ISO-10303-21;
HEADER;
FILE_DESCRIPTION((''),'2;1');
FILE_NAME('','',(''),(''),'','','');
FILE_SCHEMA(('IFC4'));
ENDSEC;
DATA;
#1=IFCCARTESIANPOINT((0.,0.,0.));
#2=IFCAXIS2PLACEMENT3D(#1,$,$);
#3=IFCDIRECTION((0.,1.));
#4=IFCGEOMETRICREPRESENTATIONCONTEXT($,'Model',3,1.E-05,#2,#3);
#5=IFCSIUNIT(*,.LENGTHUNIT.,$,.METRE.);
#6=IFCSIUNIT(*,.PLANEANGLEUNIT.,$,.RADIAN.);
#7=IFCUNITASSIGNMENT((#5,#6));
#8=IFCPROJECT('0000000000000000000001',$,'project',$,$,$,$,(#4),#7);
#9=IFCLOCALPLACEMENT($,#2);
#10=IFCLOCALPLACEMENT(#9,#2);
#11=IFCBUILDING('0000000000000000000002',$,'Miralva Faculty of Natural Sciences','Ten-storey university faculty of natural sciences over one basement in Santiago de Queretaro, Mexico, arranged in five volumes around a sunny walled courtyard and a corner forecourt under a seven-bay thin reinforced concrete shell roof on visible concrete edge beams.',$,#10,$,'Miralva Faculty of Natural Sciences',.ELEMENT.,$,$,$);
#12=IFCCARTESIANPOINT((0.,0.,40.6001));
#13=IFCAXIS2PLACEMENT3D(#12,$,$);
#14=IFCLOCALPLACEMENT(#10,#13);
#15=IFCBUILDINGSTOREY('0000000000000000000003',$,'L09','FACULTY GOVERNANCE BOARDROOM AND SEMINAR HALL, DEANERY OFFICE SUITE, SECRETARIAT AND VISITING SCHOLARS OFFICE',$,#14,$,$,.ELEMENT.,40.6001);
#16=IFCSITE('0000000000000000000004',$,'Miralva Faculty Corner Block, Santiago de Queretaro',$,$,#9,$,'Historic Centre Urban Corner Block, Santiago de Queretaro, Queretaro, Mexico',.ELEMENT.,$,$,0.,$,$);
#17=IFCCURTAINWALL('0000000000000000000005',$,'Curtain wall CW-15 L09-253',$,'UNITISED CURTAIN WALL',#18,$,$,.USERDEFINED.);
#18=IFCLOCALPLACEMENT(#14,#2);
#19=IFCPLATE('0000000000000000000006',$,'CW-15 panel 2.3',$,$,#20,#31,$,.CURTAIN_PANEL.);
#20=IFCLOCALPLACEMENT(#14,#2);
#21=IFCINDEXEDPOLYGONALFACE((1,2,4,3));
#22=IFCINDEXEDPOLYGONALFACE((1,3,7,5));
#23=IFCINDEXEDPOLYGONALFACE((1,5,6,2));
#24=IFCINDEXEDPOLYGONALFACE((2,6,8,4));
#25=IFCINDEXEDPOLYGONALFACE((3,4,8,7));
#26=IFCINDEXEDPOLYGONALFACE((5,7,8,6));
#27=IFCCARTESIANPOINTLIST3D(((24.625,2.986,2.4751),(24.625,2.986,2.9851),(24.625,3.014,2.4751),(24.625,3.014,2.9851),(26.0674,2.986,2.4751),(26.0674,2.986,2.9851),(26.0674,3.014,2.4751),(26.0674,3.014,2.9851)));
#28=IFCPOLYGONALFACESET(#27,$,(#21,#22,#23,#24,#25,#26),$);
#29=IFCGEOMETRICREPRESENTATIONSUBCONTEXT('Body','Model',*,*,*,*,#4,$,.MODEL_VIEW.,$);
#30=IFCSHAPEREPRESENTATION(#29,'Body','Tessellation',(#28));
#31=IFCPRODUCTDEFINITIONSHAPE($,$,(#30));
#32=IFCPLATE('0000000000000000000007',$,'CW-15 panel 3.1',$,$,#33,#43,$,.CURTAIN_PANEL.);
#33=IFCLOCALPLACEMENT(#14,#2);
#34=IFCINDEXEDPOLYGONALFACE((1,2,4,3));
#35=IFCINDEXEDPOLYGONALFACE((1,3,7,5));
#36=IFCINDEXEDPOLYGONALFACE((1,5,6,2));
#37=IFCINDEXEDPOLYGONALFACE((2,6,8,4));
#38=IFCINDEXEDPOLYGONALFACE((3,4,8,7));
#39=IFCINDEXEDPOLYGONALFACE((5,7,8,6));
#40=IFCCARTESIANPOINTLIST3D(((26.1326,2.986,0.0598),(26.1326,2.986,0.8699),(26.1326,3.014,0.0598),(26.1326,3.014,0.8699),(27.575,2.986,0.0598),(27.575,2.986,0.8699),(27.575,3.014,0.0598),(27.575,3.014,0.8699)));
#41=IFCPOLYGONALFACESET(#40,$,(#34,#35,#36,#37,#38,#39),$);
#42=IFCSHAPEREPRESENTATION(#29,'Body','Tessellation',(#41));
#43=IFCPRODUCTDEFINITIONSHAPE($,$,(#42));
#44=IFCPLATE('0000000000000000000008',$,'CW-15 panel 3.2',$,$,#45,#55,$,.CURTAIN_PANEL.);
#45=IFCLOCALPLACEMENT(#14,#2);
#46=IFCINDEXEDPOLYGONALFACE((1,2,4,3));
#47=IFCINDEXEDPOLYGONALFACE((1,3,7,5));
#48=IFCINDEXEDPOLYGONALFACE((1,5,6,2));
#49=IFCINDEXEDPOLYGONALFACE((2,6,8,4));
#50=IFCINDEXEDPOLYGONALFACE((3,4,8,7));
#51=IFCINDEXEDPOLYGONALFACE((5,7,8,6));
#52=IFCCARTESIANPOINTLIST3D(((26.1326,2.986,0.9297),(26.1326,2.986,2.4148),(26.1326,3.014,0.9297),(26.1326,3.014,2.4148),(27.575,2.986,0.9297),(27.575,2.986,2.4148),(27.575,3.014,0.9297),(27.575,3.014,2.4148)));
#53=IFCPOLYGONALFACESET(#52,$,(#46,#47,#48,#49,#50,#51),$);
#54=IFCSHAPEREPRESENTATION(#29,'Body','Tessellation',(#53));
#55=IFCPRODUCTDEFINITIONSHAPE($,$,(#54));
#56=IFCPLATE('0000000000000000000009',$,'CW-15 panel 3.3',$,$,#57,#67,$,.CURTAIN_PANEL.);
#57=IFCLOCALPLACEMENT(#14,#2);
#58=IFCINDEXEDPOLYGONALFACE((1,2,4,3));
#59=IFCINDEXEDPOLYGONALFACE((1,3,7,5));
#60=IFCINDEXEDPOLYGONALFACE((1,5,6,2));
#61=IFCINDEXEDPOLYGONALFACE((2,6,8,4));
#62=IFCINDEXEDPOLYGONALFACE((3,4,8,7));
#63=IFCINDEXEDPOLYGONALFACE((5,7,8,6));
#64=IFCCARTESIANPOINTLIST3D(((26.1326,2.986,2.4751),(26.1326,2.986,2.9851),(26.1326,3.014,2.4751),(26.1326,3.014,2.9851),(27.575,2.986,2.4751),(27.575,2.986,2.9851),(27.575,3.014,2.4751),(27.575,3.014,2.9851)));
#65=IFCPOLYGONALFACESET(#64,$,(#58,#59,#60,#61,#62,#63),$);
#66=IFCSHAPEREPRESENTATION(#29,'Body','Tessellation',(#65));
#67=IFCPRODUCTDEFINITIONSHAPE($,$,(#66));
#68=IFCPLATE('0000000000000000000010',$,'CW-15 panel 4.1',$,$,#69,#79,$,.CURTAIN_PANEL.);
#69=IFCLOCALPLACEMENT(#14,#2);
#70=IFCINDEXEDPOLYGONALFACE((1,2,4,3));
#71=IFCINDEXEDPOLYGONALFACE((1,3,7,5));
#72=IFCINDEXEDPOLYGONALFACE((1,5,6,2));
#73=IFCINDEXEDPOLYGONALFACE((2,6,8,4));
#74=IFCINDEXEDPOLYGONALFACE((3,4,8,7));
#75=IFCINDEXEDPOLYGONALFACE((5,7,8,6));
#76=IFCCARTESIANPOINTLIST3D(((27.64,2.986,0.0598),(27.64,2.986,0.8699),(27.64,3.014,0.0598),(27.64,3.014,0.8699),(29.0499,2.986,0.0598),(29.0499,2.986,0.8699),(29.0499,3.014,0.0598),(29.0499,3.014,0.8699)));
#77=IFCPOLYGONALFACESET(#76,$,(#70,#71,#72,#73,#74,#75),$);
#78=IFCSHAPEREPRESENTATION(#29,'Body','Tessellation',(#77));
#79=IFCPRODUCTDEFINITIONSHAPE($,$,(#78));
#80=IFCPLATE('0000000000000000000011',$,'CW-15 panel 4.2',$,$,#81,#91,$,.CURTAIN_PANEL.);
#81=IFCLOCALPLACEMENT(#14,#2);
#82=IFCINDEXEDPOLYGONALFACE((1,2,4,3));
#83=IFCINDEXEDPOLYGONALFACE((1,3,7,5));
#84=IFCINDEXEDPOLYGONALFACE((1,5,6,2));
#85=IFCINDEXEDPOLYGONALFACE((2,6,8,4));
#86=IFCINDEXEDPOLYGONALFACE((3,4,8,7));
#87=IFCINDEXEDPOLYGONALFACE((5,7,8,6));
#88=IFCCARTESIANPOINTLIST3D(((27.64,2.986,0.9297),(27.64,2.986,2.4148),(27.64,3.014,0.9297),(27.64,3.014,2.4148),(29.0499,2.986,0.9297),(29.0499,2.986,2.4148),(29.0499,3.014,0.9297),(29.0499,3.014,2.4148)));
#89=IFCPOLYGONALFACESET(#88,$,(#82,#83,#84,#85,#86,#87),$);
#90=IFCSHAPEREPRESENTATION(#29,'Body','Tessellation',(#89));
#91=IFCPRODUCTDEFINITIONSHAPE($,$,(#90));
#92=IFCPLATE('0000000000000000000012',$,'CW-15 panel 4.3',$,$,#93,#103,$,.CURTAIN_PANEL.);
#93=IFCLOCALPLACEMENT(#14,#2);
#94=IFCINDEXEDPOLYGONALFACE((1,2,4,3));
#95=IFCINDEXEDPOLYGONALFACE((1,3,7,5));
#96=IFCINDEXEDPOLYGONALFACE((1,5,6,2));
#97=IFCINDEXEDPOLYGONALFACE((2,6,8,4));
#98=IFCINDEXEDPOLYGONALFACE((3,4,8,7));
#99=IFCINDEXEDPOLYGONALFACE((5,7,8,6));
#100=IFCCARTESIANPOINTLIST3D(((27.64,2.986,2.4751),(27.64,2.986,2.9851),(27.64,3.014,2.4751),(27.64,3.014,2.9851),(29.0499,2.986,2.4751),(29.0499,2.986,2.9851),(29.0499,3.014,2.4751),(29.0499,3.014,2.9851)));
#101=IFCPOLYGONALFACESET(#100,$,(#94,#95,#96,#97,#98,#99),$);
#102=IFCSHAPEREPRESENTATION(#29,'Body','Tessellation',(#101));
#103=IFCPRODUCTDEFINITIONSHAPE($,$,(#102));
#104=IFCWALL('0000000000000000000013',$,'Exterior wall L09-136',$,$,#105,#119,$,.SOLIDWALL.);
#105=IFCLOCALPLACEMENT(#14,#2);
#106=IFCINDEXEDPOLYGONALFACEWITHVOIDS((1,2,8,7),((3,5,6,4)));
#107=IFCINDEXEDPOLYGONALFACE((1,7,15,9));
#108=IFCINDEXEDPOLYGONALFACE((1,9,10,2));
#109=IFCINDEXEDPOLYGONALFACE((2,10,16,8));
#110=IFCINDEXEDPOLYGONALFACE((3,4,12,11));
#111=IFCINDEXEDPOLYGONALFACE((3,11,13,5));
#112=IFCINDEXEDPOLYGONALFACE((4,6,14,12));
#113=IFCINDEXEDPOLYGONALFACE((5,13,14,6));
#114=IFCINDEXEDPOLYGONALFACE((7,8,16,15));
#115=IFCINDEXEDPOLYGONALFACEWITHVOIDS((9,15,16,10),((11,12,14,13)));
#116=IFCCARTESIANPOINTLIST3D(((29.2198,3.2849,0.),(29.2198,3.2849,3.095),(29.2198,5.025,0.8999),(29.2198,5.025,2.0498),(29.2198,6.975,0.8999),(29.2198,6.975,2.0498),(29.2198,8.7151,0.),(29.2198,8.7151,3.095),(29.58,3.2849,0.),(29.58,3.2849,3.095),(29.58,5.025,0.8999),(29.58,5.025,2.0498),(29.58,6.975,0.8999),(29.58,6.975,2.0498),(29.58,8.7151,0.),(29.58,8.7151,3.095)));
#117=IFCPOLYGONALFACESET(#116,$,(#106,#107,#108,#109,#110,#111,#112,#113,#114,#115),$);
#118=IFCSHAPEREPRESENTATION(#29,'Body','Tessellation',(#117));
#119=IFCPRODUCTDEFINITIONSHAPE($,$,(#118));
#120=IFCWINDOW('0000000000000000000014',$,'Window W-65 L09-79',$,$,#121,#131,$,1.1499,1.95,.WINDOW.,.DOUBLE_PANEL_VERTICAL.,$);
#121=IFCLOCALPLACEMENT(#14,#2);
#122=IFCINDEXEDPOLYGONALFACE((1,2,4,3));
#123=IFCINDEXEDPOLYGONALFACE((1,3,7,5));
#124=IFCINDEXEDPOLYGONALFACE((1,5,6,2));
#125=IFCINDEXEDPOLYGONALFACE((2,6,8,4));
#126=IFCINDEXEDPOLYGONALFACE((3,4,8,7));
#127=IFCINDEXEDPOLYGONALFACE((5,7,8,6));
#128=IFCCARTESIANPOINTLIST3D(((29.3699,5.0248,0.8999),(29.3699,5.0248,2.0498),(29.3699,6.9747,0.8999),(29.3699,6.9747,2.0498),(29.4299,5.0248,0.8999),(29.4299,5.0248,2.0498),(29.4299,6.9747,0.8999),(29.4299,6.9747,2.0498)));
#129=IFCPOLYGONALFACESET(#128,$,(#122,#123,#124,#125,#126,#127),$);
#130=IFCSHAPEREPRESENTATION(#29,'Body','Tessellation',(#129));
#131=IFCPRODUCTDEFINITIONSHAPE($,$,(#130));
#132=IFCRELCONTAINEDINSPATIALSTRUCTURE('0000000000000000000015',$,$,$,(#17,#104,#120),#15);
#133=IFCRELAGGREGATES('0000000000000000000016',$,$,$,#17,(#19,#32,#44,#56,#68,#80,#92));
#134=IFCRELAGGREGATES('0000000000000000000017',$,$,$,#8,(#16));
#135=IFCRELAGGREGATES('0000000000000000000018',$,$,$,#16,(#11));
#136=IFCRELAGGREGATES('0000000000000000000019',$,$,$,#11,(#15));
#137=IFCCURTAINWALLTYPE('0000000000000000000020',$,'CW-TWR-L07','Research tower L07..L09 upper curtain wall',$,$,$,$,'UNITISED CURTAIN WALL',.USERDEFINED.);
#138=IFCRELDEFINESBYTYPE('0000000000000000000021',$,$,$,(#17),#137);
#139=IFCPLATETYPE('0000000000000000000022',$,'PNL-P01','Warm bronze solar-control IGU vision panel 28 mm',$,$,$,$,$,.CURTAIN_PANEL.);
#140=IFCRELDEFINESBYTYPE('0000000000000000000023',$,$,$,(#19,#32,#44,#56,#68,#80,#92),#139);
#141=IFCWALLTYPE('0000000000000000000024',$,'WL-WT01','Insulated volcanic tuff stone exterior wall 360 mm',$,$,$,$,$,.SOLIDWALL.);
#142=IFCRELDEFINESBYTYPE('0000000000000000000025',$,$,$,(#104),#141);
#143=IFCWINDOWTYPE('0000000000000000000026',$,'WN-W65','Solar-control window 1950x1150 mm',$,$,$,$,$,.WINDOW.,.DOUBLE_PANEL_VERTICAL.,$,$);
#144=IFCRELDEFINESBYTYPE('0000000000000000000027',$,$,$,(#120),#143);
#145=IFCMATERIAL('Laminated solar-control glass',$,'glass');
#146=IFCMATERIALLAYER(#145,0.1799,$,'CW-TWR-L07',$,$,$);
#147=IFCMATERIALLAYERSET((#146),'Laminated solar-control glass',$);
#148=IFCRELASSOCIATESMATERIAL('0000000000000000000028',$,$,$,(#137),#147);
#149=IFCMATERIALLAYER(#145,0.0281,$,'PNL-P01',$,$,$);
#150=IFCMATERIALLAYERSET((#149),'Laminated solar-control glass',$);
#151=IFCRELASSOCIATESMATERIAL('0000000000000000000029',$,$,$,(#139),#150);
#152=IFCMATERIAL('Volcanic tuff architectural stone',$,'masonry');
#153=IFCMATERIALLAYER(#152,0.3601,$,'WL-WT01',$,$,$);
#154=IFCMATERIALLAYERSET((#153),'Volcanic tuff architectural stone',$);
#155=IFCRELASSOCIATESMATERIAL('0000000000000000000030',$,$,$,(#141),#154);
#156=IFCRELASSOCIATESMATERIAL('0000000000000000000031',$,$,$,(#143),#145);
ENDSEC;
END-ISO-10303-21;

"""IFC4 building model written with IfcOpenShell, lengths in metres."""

from ifc_helpers import new_model, si_unit, direction, frame, frame_2d, origin, origin_2d, place, context, subcontext, project, spatial, rectangle, extrude, material, layer, layer_set, type_object, element, fill, aggregate, save


model = new_model("IFC4")

# Units and contexts
model_context = context("Model", 3, precision=1e-05, world=origin(), true_north=direction((0.0, 1.0)))
body_context = subcontext(model_context, "Body", "Model", "MODEL_VIEW")
ifc_project = project(units=[si_unit("LENGTHUNIT", "METRE"), si_unit("PLANEANGLEUNIT", "RADIAN")], contexts=[model_context])

# Site, building, storey
site_placement = place(None, origin())
site = spatial("IfcSite", under=ifc_project, at=site_placement, Name="Miralva Faculty Corner Block, Santiago de Queretaro", LongName="Historic Centre Urban Corner Block, Santiago de Queretaro, Queretaro, Mexico", CompositionType="ELEMENT", RefElevation=0.0)
building_placement = place(site_placement, origin())
building = spatial("IfcBuilding", under=site, at=building_placement, Name="Miralva Faculty of Natural Sciences", Description="Ten-storey university faculty of natural sciences over one basement in Santiago de Queretaro, Mexico, arranged in five volumes around a sunny walled courtyard and a corner forecourt under a seven-bay thin reinforced concrete shell roof on visible concrete edge beams.", LongName="Miralva Faculty of Natural Sciences", CompositionType="ELEMENT")
storey_placement = place(building_placement, frame((0.0, 0.0, 40.6001)))
storey = spatial("IfcBuildingStorey", under=building, at=storey_placement, Name="L09", Description="FACULTY GOVERNANCE BOARDROOM AND SEMINAR HALL, DEANERY OFFICE SUITE, SECRETARIAT AND VISITING SCHOLARS OFFICE", CompositionType="ELEMENT", Elevation=40.6001)

# Curtain wall, plates
ifc_material_1 = material(Name="Laminated solar-control glass", Category="glass")
ifc_layer_1 = layer(ifc_material_1, 0.1799, Name="CW-TWR-L07")
ifc_layer_set_1 = layer_set([ifc_layer_1], Name="Laminated solar-control glass")
curtain_wall_type = type_object("IfcCurtainWallType", Name="CW-TWR-L07", Description="Research tower L07..L09 upper curtain wall", ElementType="UNITISED CURTAIN WALL", PredefinedType="USERDEFINED", material=ifc_layer_set_1)
curtain_wall_placement = place(storey_placement, origin())
curtain_wall = element("IfcCurtainWall", 1, at=curtain_wall_placement, inside=storey, type_object=curtain_wall_type, Name="Curtain wall CW-15 L09-253", ObjectType="UNITISED CURTAIN WALL", PredefinedType="USERDEFINED")
ifc_layer_2 = layer(ifc_material_1, 0.0281, Name="PNL-P01")
ifc_layer_set_2 = layer_set([ifc_layer_2], Name="Laminated solar-control glass")
plate_type = type_object("IfcPlateType", Name="PNL-P01", Description="Warm bronze solar-control IGU vision panel 28 mm", PredefinedType="CURTAIN_PANEL", material=ifc_layer_set_2)
plate_1_placement = place(storey_placement, frame((25.3462, 3.0, 2.4751), z_axis=(0.0, 0.0, 1.0), x_axis=(1.0, 0.0, 0.0)))
plate_1 = element("IfcPlate", 2, at=plate_1_placement, type_object=plate_type, Name="CW-15 panel 2.3", PredefinedType="CURTAIN_PANEL", context=body_context, shape_type="SweptSolid", body=[
    extrude(rectangle(XDim=1.4424, YDim=0.0281, at=origin_2d()), origin(), (0.0, 0.0, 1.0), 0.51),
])
plate_2_placement = place(storey_placement, frame((26.8538, 3.0, 0.0598), z_axis=(0.0, 0.0, 1.0), x_axis=(1.0, 0.0, 0.0)))
plate_2 = element("IfcPlate", 3, at=plate_2_placement, type_object=plate_type, Name="CW-15 panel 3.1", PredefinedType="CURTAIN_PANEL", context=body_context, shape_type="SweptSolid", body=[
    extrude(rectangle(XDim=1.4424, YDim=0.0281, at=origin_2d()), origin(), (0.0, 0.0, 1.0), 0.8101),
])
plate_3_placement = place(storey_placement, frame((26.8538, 3.0, 0.9297), z_axis=(0.0, 0.0, 1.0), x_axis=(1.0, 0.0, 0.0)))
plate_3 = element("IfcPlate", 4, at=plate_3_placement, type_object=plate_type, Name="CW-15 panel 3.2", PredefinedType="CURTAIN_PANEL", context=body_context, shape_type="SweptSolid", body=[
    extrude(rectangle(XDim=1.4424, YDim=0.0281, at=origin_2d()), origin(), (0.0, 0.0, 1.0), 1.4851),
])
plate_4_placement = place(storey_placement, frame((26.8538, 3.0, 2.4751), z_axis=(0.0, 0.0, 1.0), x_axis=(1.0, 0.0, 0.0)))
plate_4 = element("IfcPlate", 5, at=plate_4_placement, type_object=plate_type, Name="CW-15 panel 3.3", PredefinedType="CURTAIN_PANEL", context=body_context, shape_type="SweptSolid", body=[
    extrude(rectangle(XDim=1.4424, YDim=0.0281, at=origin_2d()), origin(), (0.0, 0.0, 1.0), 0.51),
])
plate_5_placement = place(storey_placement, frame((28.345, 3.0, 0.0598), z_axis=(0.0, 0.0, 1.0), x_axis=(1.0, 0.0, 0.0)))
plate_5 = element("IfcPlate", 6, at=plate_5_placement, type_object=plate_type, Name="CW-15 panel 4.1", PredefinedType="CURTAIN_PANEL", context=body_context, shape_type="SweptSolid", body=[
    extrude(rectangle(XDim=1.4099, YDim=0.0281, at=origin_2d()), origin(), (0.0, 0.0, 1.0), 0.8101),
])
plate_6_placement = place(storey_placement, frame((28.345, 3.0, 0.9297), z_axis=(0.0, 0.0, 1.0), x_axis=(1.0, 0.0, 0.0)))
plate_6 = element("IfcPlate", 7, at=plate_6_placement, type_object=plate_type, Name="CW-15 panel 4.2", PredefinedType="CURTAIN_PANEL", context=body_context, shape_type="SweptSolid", body=[
    extrude(rectangle(XDim=1.4099, YDim=0.0281, at=origin_2d()), origin(), (0.0, 0.0, 1.0), 1.4851),
])
plate_7_placement = place(storey_placement, frame((28.345, 3.0, 2.4751), z_axis=(0.0, 0.0, 1.0), x_axis=(1.0, 0.0, 0.0)))
plate_7 = element("IfcPlate", 8, at=plate_7_placement, type_object=plate_type, Name="CW-15 panel 4.3", PredefinedType="CURTAIN_PANEL", context=body_context, shape_type="SweptSolid", body=[
    extrude(rectangle(XDim=1.4099, YDim=0.0281, at=origin_2d()), origin(), (0.0, 0.0, 1.0), 0.51),
])
aggregate(curtain_wall, [plate_1, plate_2, plate_3, plate_4, plate_5, plate_6, plate_7])

# Wall, opening, window
ifc_material_2 = material(Name="Volcanic tuff architectural stone", Category="masonry")
ifc_layer_3 = layer(ifc_material_2, 0.3601, Name="WL-WT01")
ifc_layer_set_3 = layer_set([ifc_layer_3], Name="Volcanic tuff architectural stone")
wall_type = type_object("IfcWallType", Name="WL-WT01", Description="Insulated volcanic tuff stone exterior wall 360 mm", PredefinedType="SOLIDWALL", material=ifc_layer_set_3)
wall_placement = place(storey_placement, frame((29.3999, 3.2849, 0.0), z_axis=(0.0, 0.0, 1.0), x_axis=(0.0, 1.0, 0.0)))
wall = element("IfcWall", 9, at=wall_placement, inside=storey, type_object=wall_type, Name="Exterior wall L09-136", PredefinedType="SOLIDWALL", context=body_context, shape_type="SweptSolid", body=[
    extrude(rectangle(XDim=5.4302, YDim=0.3601, at=frame_2d((2.7151, 0.0))), origin(), (0.0, 0.0, 1.0), 3.095),
])
opening_placement = place(wall_placement, frame((1.74, 0.0, 0.8999)))
opening = element("IfcOpeningElement", 10, at=opening_placement, cuts=wall, PredefinedType="OPENING", context=body_context, shape_type="SweptSolid", body=[
    extrude(rectangle(XDim=1.95, YDim=1.1499, at=frame_2d((0.9751, 0.575))), frame((0.0, 0.1899, 0.0), z_axis=(0.0, -1.0, 0.0), x_axis=(1.0, 0.0, 0.0)), (0.0, 0.0, 1.0), 0.3801),
])
window_type = type_object("IfcWindowType", Name="WN-W65", Description="Solar-control window 1950x1150 mm", PartitioningType="DOUBLE_PANEL_VERTICAL", PredefinedType="WINDOW", material=ifc_material_1)
window_placement = place(opening_placement, frame((1.95, 0.0, 0.0), z_axis=(0.0, 0.0, 1.0), x_axis=(-1.0, 0.0, 0.0)))
window = element("IfcWindow", 11, at=window_placement, inside=storey, type_object=window_type, Name="Window W-65 L09-79", OverallHeight=1.1499, OverallWidth=1.95, PartitioningType="DOUBLE_PANEL_VERTICAL", PredefinedType="WINDOW", context=body_context, shape_type="SweptSolid", body=[
    extrude(rectangle(XDim=1.95, YDim=1.1499, at=frame_2d((0.9751, 0.575))), frame((0.0, 0.03, 0.0), z_axis=(0.0, -1.0, 0.0), x_axis=(1.0, 0.0, 0.0)), (0.0, 0.0, 1.0), 0.0601),
])
fill(opening, window)

save(model, "model.ifc")
